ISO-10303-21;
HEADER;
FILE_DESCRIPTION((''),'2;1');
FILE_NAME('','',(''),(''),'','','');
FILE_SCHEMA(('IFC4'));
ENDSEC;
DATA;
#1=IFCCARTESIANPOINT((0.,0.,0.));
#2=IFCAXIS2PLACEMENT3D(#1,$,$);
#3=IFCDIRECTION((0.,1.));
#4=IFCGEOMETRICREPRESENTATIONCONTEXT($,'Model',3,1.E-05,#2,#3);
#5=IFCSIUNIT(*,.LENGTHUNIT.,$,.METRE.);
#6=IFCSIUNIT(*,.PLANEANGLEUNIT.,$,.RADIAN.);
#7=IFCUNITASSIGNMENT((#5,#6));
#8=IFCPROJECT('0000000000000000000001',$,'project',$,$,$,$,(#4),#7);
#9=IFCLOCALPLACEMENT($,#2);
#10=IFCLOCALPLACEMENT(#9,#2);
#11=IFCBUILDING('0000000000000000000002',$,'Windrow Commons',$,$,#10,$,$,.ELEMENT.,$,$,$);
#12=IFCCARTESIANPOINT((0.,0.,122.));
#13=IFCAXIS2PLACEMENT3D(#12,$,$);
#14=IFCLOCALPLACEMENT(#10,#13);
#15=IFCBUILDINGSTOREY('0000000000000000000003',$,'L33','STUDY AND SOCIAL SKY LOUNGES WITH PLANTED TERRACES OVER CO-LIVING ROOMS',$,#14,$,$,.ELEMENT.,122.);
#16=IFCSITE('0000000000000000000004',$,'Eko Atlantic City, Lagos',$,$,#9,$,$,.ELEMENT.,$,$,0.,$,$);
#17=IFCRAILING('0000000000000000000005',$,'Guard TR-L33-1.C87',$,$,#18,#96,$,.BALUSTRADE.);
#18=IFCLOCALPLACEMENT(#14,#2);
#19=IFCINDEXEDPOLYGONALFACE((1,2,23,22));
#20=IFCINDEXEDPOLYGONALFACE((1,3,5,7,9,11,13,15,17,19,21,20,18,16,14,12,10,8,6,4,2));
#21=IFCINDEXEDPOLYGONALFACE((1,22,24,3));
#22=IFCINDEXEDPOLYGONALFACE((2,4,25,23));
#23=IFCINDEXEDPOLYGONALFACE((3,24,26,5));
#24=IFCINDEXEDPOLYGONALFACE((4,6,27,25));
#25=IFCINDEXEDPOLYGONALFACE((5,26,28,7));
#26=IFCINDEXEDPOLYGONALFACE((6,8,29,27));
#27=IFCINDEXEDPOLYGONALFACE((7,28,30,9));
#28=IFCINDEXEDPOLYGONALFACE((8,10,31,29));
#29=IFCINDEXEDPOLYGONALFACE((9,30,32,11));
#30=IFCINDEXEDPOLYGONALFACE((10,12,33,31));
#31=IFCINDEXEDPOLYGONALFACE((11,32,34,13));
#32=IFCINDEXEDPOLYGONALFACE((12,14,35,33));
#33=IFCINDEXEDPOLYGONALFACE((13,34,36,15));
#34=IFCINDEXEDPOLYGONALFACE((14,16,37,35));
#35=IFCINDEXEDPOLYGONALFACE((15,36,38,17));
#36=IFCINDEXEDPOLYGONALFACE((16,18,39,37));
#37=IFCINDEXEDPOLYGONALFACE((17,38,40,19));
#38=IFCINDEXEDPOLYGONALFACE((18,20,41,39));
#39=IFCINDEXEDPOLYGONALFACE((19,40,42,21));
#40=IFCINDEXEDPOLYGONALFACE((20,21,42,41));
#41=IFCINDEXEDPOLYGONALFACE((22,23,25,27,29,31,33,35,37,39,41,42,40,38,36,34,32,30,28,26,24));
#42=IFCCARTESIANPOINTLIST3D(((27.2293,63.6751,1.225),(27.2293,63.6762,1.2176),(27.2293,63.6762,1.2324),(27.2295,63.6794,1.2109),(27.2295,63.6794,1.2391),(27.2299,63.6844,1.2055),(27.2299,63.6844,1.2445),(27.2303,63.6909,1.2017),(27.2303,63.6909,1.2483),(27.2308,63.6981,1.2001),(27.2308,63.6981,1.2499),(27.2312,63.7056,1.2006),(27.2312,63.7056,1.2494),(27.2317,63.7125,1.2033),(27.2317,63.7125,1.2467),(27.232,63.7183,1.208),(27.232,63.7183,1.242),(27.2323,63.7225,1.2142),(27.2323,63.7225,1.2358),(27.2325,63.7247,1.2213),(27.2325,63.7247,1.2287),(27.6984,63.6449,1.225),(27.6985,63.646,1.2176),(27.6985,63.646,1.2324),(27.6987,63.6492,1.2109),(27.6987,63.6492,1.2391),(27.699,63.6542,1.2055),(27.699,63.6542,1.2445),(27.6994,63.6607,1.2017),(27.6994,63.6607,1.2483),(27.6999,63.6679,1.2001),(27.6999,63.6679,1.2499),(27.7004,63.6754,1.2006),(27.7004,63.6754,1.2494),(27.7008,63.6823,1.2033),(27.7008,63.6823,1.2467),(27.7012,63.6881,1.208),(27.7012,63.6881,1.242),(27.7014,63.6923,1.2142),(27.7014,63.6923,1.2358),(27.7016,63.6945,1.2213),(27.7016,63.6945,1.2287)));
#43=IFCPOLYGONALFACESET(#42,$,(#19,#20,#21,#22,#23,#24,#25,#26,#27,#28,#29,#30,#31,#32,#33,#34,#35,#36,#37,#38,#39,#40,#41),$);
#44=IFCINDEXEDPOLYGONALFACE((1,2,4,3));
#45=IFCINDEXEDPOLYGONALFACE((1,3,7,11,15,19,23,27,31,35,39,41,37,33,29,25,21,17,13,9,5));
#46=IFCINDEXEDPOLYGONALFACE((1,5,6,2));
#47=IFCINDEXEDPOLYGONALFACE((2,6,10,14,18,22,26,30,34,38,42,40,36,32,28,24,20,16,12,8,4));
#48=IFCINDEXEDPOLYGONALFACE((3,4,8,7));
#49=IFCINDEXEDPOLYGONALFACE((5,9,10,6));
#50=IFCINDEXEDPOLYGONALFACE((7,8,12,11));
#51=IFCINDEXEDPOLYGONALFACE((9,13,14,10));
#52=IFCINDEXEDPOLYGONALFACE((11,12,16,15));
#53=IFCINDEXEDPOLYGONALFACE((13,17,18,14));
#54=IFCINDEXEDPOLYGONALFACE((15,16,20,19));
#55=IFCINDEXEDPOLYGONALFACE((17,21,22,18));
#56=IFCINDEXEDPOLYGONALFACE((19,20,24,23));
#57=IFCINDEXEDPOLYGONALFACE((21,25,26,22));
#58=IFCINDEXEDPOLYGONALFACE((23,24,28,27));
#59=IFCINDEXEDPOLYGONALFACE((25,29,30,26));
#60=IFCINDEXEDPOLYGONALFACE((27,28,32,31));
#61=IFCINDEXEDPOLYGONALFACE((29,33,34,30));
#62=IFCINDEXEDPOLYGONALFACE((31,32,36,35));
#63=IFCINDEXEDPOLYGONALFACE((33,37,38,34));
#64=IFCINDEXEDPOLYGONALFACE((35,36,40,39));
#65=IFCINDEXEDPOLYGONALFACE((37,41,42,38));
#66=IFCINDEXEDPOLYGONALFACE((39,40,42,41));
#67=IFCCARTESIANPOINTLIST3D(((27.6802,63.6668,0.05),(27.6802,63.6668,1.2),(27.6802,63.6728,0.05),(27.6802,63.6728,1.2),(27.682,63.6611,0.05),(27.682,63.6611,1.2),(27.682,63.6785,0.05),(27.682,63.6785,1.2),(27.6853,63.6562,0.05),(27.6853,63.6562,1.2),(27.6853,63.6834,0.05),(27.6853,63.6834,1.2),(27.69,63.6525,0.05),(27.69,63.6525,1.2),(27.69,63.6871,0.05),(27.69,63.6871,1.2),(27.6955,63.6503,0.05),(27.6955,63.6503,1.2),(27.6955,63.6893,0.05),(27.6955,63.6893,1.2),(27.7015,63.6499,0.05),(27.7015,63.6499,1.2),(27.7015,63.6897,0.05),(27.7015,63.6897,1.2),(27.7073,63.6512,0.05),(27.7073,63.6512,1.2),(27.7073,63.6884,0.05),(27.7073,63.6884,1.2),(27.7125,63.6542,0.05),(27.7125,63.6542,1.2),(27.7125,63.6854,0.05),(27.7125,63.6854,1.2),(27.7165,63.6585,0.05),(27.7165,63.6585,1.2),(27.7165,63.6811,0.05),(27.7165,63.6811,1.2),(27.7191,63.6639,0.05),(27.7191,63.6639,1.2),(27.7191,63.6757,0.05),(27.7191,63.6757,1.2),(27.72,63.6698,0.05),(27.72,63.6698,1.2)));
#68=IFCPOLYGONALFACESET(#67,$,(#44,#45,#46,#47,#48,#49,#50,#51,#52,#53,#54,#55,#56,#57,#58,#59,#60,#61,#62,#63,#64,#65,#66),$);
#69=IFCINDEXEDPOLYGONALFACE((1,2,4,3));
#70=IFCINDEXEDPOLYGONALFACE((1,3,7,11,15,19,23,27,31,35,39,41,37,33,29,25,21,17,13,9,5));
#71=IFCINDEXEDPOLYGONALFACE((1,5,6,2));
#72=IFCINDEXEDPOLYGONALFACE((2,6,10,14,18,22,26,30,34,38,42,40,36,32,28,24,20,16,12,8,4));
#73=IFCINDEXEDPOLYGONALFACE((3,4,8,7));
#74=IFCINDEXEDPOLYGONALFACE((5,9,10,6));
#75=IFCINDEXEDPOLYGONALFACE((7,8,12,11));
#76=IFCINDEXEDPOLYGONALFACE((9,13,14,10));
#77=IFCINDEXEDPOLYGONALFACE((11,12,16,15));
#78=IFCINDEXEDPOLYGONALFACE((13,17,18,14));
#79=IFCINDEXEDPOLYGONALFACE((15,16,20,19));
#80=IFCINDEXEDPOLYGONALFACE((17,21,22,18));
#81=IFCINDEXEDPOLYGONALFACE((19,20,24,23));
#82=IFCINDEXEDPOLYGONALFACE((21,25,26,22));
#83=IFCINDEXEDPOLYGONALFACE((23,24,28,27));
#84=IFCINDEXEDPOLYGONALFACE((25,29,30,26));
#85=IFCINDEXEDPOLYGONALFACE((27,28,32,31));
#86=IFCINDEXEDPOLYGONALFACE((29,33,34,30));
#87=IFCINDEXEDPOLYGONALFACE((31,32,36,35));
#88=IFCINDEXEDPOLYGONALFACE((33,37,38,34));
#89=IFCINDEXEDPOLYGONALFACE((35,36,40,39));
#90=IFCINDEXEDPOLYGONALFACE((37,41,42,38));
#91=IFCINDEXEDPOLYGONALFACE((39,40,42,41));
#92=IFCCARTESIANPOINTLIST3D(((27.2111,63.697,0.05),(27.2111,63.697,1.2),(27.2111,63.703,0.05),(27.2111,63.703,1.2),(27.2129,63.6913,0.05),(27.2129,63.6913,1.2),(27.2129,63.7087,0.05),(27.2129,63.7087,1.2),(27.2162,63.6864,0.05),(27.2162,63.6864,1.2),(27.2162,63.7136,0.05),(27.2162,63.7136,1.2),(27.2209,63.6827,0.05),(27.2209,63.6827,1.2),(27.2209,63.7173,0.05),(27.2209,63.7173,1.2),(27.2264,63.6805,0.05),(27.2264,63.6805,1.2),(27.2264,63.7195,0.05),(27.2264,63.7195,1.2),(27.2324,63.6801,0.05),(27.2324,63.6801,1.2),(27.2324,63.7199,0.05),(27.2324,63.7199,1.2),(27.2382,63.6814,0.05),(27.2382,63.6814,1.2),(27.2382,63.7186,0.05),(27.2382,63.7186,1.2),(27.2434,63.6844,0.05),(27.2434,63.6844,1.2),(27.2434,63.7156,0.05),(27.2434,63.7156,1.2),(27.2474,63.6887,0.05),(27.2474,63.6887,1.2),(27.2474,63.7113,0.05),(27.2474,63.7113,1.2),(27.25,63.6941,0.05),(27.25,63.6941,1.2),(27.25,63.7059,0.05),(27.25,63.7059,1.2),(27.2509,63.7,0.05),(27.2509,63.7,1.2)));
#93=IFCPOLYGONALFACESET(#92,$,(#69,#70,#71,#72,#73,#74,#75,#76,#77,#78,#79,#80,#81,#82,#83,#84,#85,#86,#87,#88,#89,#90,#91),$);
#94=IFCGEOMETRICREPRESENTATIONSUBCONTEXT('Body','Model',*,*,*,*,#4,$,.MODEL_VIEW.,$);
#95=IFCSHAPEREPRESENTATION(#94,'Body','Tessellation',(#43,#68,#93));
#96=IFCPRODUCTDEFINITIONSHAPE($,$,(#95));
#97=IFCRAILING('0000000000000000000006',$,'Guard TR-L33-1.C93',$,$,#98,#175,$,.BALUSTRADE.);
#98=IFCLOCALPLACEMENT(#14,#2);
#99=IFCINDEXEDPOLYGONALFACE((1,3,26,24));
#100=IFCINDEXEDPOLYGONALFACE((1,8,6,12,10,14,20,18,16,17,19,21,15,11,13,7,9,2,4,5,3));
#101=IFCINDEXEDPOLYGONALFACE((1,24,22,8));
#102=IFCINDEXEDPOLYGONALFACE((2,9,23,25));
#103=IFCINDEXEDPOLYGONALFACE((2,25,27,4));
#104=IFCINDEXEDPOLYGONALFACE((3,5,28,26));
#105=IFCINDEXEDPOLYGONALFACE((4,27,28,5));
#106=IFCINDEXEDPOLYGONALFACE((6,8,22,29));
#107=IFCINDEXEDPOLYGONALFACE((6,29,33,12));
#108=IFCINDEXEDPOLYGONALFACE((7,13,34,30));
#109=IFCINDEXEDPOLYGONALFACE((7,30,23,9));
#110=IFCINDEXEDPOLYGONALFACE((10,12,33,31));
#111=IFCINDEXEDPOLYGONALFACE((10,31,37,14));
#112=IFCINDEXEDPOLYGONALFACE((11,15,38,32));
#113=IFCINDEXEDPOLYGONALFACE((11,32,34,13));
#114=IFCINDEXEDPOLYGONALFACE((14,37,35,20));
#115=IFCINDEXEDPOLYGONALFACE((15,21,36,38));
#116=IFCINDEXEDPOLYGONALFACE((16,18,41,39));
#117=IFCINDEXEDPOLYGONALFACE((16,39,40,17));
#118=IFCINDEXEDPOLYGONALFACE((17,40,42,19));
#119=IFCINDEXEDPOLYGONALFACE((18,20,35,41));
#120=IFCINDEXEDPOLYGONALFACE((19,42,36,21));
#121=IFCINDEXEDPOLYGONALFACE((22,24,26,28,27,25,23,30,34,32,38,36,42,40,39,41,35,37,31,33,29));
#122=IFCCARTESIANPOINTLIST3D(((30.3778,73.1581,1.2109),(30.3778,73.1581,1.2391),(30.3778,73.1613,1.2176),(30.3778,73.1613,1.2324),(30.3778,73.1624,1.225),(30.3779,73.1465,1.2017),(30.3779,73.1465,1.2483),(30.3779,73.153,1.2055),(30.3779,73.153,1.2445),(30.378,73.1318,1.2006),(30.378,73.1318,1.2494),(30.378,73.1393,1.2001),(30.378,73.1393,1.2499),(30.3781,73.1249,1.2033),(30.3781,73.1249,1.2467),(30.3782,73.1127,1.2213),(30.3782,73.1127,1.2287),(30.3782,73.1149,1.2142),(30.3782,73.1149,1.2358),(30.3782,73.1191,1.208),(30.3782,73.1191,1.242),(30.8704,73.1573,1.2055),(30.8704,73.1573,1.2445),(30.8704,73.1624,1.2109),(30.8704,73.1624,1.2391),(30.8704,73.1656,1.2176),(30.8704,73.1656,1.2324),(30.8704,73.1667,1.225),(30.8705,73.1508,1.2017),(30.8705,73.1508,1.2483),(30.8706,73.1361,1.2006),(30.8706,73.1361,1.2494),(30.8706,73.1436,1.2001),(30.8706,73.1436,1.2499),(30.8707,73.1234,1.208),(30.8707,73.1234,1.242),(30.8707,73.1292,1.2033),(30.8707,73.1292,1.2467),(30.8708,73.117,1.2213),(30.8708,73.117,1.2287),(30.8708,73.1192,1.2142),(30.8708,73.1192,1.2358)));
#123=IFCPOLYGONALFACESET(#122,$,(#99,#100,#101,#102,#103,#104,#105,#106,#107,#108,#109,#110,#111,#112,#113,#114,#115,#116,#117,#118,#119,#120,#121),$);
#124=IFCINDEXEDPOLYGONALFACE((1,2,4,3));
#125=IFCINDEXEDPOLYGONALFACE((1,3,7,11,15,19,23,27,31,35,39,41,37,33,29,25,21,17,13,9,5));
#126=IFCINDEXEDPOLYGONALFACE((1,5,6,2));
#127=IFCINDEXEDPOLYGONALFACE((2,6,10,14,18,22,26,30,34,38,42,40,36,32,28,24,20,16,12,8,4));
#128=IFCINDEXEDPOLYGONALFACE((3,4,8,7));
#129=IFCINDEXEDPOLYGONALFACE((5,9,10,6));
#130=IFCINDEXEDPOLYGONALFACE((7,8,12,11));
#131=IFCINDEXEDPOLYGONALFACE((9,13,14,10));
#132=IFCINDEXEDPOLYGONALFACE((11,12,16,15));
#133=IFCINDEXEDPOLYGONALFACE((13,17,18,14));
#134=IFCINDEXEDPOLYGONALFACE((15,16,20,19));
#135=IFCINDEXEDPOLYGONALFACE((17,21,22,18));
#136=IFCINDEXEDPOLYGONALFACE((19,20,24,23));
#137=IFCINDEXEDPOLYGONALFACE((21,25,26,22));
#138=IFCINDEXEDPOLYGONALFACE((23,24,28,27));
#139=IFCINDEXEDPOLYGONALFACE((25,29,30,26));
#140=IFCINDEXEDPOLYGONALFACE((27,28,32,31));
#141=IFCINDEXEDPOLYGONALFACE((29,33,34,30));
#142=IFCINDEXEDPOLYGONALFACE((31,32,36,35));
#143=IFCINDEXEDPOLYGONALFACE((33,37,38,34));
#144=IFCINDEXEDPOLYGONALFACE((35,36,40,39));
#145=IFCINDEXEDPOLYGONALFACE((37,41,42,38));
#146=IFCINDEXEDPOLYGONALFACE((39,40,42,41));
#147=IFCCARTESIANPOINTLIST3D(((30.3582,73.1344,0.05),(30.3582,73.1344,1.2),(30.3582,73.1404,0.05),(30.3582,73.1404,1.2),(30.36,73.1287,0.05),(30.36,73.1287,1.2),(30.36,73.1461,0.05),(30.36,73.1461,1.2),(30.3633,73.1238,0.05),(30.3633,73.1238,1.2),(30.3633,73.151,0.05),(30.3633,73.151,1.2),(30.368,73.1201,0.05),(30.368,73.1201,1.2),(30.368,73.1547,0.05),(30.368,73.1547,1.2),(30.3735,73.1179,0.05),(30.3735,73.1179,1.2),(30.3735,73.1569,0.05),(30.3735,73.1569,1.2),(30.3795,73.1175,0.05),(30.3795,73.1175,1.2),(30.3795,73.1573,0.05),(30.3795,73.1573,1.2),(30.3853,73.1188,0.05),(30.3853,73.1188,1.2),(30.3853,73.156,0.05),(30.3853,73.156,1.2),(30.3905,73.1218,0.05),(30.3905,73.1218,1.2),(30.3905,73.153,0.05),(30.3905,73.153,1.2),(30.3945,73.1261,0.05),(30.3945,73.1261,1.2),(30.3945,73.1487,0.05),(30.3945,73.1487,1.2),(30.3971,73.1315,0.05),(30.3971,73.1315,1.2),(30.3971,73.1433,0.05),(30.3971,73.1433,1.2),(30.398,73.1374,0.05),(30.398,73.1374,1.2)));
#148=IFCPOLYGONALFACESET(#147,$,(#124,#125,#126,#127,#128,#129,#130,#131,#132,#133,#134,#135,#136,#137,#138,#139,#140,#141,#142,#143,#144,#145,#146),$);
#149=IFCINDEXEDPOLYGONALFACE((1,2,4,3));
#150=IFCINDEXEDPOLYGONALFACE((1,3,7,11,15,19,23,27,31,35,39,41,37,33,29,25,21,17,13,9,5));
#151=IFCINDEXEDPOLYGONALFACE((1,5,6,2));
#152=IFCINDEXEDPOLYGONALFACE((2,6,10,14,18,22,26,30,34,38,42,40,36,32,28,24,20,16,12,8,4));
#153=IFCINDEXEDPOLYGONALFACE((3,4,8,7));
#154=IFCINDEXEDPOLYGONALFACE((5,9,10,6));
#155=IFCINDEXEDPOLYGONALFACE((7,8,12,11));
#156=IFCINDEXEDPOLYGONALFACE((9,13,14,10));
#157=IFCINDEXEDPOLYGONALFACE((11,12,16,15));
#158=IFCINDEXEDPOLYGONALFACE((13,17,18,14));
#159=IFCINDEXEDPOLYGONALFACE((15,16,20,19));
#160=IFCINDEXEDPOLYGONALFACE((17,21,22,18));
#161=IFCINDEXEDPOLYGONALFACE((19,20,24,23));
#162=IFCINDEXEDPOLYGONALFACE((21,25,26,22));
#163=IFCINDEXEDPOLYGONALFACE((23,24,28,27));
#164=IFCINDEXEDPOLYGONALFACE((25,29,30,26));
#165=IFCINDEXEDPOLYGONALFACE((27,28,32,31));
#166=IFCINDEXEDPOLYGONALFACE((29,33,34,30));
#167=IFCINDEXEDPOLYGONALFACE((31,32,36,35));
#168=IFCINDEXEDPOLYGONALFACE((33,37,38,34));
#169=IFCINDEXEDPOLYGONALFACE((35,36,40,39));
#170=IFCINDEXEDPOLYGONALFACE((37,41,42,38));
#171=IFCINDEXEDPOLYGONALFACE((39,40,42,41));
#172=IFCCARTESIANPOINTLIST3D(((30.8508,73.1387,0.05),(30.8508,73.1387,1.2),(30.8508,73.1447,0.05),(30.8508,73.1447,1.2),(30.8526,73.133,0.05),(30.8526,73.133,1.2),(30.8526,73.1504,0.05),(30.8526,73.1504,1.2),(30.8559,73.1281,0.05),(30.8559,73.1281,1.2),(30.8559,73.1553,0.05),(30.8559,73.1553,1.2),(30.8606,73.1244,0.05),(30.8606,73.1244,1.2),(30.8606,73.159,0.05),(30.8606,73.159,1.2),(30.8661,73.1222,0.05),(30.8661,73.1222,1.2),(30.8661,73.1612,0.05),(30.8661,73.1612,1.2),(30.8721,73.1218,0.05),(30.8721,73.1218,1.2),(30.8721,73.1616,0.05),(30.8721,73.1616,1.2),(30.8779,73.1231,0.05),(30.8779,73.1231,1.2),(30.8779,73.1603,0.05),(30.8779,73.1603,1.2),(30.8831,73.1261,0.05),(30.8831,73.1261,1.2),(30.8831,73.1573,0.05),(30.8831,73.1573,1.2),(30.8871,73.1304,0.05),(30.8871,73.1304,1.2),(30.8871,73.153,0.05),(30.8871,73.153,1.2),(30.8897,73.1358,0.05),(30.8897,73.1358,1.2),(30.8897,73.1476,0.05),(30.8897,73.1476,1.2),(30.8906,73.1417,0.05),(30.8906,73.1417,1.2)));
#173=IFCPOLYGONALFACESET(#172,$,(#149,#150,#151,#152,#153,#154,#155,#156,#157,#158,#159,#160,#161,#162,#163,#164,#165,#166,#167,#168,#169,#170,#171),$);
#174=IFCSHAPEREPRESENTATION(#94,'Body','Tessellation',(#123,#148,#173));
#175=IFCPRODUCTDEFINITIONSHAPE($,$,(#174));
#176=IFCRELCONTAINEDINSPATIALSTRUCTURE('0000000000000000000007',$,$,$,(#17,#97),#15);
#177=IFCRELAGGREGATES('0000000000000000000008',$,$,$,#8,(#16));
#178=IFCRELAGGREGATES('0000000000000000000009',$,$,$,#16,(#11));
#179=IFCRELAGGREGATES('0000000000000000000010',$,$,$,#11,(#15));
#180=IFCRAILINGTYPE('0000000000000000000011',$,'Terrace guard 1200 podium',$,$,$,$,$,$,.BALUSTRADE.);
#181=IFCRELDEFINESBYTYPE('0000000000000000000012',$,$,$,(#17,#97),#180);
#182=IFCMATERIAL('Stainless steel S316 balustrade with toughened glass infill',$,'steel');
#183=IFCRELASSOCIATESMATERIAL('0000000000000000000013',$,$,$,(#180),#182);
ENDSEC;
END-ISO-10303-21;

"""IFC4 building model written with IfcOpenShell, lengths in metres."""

from ifc_helpers import new_model, si_unit, direction, frame, origin, origin_2d, place, context, subcontext, project, spatial, circle, extrude, material, type_object, element, save


model = new_model("IFC4")

# Units and contexts
model_context = context("Model", 3, precision=1e-05, world=origin(), true_north=direction((0.0, 1.0)))
body_context = subcontext(model_context, "Body", "Model", "MODEL_VIEW")
ifc_project = project(units=[si_unit("LENGTHUNIT", "METRE"), si_unit("PLANEANGLEUNIT", "RADIAN")], contexts=[model_context])

# Site, building, storey
site_placement = place(None, origin())
site = spatial("IfcSite", under=ifc_project, at=site_placement, Name="Eko Atlantic City, Lagos", CompositionType="ELEMENT", RefElevation=0.0)
building_placement = place(site_placement, origin())
building = spatial("IfcBuilding", under=site, at=building_placement, Name="Windrow Commons", CompositionType="ELEMENT")
storey_placement = place(building_placement, frame((0.0, 0.0, 122.0)))
storey = spatial("IfcBuildingStorey", under=building, at=storey_placement, Name="L33", Description="STUDY AND SOCIAL SKY LOUNGES WITH PLANTED TERRACES OVER CO-LIVING ROOMS", CompositionType="ELEMENT", Elevation=122.0)

# Railings
ifc_material_1 = material(Name="Stainless steel S316 balustrade with toughened glass infill", Category="steel")
railing_type = type_object("IfcRailingType", Name="Terrace guard 1200 podium", PredefinedType="BALUSTRADE", material=ifc_material_1)
railing_1_placement = place(storey_placement, frame((27.7, 63.6698, 0.05)))
element("IfcRailing", 1, at=railing_1_placement, inside=storey, type_object=railing_type, Name="Guard TR-L33-1.C87", PredefinedType="BALUSTRADE", context=body_context, shape_type="SweptSolid", body=[
    extrude(circle(Radius=0.025, at=origin_2d()), frame((0.0, 0.0, 1.175), z_axis=(-0.997934, 0.064246, 0.0), x_axis=(-0.064246, -0.997934, 0.0)), (0.0, 0.0, 1.0), 0.4701),
    extrude(circle(Radius=0.02, at=origin_2d()), origin(), (0.0, 0.0, 1.0), 1.15),
    extrude(circle(Radius=0.02, at=origin_2d()), frame((-0.4691, 0.0302, 0.0)), (0.0, 0.0, 1.0), 1.15),
])
railing_2_placement = place(storey_placement, frame((30.378, 73.1374, 0.05)))
element("IfcRailing", 2, at=railing_2_placement, inside=storey, type_object=railing_type, Name="Guard TR-L33-1.C93", PredefinedType="BALUSTRADE", context=body_context, shape_type="SweptSolid", body=[
    extrude(circle(Radius=0.025, at=origin_2d()), frame((0.0, 0.0, 1.175), z_axis=(0.999962, 0.008729, 0.0), x_axis=(-0.008729, 0.999962, 0.0)), (0.0, 0.0, 1.0), 0.4926),
    extrude(circle(Radius=0.02, at=origin_2d()), origin(), (0.0, 0.0, 1.0), 1.15),
    extrude(circle(Radius=0.02, at=origin_2d()), frame((0.4926, 0.0043, 0.0)), (0.0, 0.0, 1.0), 1.15),
])

save(model, "model.ifc")
